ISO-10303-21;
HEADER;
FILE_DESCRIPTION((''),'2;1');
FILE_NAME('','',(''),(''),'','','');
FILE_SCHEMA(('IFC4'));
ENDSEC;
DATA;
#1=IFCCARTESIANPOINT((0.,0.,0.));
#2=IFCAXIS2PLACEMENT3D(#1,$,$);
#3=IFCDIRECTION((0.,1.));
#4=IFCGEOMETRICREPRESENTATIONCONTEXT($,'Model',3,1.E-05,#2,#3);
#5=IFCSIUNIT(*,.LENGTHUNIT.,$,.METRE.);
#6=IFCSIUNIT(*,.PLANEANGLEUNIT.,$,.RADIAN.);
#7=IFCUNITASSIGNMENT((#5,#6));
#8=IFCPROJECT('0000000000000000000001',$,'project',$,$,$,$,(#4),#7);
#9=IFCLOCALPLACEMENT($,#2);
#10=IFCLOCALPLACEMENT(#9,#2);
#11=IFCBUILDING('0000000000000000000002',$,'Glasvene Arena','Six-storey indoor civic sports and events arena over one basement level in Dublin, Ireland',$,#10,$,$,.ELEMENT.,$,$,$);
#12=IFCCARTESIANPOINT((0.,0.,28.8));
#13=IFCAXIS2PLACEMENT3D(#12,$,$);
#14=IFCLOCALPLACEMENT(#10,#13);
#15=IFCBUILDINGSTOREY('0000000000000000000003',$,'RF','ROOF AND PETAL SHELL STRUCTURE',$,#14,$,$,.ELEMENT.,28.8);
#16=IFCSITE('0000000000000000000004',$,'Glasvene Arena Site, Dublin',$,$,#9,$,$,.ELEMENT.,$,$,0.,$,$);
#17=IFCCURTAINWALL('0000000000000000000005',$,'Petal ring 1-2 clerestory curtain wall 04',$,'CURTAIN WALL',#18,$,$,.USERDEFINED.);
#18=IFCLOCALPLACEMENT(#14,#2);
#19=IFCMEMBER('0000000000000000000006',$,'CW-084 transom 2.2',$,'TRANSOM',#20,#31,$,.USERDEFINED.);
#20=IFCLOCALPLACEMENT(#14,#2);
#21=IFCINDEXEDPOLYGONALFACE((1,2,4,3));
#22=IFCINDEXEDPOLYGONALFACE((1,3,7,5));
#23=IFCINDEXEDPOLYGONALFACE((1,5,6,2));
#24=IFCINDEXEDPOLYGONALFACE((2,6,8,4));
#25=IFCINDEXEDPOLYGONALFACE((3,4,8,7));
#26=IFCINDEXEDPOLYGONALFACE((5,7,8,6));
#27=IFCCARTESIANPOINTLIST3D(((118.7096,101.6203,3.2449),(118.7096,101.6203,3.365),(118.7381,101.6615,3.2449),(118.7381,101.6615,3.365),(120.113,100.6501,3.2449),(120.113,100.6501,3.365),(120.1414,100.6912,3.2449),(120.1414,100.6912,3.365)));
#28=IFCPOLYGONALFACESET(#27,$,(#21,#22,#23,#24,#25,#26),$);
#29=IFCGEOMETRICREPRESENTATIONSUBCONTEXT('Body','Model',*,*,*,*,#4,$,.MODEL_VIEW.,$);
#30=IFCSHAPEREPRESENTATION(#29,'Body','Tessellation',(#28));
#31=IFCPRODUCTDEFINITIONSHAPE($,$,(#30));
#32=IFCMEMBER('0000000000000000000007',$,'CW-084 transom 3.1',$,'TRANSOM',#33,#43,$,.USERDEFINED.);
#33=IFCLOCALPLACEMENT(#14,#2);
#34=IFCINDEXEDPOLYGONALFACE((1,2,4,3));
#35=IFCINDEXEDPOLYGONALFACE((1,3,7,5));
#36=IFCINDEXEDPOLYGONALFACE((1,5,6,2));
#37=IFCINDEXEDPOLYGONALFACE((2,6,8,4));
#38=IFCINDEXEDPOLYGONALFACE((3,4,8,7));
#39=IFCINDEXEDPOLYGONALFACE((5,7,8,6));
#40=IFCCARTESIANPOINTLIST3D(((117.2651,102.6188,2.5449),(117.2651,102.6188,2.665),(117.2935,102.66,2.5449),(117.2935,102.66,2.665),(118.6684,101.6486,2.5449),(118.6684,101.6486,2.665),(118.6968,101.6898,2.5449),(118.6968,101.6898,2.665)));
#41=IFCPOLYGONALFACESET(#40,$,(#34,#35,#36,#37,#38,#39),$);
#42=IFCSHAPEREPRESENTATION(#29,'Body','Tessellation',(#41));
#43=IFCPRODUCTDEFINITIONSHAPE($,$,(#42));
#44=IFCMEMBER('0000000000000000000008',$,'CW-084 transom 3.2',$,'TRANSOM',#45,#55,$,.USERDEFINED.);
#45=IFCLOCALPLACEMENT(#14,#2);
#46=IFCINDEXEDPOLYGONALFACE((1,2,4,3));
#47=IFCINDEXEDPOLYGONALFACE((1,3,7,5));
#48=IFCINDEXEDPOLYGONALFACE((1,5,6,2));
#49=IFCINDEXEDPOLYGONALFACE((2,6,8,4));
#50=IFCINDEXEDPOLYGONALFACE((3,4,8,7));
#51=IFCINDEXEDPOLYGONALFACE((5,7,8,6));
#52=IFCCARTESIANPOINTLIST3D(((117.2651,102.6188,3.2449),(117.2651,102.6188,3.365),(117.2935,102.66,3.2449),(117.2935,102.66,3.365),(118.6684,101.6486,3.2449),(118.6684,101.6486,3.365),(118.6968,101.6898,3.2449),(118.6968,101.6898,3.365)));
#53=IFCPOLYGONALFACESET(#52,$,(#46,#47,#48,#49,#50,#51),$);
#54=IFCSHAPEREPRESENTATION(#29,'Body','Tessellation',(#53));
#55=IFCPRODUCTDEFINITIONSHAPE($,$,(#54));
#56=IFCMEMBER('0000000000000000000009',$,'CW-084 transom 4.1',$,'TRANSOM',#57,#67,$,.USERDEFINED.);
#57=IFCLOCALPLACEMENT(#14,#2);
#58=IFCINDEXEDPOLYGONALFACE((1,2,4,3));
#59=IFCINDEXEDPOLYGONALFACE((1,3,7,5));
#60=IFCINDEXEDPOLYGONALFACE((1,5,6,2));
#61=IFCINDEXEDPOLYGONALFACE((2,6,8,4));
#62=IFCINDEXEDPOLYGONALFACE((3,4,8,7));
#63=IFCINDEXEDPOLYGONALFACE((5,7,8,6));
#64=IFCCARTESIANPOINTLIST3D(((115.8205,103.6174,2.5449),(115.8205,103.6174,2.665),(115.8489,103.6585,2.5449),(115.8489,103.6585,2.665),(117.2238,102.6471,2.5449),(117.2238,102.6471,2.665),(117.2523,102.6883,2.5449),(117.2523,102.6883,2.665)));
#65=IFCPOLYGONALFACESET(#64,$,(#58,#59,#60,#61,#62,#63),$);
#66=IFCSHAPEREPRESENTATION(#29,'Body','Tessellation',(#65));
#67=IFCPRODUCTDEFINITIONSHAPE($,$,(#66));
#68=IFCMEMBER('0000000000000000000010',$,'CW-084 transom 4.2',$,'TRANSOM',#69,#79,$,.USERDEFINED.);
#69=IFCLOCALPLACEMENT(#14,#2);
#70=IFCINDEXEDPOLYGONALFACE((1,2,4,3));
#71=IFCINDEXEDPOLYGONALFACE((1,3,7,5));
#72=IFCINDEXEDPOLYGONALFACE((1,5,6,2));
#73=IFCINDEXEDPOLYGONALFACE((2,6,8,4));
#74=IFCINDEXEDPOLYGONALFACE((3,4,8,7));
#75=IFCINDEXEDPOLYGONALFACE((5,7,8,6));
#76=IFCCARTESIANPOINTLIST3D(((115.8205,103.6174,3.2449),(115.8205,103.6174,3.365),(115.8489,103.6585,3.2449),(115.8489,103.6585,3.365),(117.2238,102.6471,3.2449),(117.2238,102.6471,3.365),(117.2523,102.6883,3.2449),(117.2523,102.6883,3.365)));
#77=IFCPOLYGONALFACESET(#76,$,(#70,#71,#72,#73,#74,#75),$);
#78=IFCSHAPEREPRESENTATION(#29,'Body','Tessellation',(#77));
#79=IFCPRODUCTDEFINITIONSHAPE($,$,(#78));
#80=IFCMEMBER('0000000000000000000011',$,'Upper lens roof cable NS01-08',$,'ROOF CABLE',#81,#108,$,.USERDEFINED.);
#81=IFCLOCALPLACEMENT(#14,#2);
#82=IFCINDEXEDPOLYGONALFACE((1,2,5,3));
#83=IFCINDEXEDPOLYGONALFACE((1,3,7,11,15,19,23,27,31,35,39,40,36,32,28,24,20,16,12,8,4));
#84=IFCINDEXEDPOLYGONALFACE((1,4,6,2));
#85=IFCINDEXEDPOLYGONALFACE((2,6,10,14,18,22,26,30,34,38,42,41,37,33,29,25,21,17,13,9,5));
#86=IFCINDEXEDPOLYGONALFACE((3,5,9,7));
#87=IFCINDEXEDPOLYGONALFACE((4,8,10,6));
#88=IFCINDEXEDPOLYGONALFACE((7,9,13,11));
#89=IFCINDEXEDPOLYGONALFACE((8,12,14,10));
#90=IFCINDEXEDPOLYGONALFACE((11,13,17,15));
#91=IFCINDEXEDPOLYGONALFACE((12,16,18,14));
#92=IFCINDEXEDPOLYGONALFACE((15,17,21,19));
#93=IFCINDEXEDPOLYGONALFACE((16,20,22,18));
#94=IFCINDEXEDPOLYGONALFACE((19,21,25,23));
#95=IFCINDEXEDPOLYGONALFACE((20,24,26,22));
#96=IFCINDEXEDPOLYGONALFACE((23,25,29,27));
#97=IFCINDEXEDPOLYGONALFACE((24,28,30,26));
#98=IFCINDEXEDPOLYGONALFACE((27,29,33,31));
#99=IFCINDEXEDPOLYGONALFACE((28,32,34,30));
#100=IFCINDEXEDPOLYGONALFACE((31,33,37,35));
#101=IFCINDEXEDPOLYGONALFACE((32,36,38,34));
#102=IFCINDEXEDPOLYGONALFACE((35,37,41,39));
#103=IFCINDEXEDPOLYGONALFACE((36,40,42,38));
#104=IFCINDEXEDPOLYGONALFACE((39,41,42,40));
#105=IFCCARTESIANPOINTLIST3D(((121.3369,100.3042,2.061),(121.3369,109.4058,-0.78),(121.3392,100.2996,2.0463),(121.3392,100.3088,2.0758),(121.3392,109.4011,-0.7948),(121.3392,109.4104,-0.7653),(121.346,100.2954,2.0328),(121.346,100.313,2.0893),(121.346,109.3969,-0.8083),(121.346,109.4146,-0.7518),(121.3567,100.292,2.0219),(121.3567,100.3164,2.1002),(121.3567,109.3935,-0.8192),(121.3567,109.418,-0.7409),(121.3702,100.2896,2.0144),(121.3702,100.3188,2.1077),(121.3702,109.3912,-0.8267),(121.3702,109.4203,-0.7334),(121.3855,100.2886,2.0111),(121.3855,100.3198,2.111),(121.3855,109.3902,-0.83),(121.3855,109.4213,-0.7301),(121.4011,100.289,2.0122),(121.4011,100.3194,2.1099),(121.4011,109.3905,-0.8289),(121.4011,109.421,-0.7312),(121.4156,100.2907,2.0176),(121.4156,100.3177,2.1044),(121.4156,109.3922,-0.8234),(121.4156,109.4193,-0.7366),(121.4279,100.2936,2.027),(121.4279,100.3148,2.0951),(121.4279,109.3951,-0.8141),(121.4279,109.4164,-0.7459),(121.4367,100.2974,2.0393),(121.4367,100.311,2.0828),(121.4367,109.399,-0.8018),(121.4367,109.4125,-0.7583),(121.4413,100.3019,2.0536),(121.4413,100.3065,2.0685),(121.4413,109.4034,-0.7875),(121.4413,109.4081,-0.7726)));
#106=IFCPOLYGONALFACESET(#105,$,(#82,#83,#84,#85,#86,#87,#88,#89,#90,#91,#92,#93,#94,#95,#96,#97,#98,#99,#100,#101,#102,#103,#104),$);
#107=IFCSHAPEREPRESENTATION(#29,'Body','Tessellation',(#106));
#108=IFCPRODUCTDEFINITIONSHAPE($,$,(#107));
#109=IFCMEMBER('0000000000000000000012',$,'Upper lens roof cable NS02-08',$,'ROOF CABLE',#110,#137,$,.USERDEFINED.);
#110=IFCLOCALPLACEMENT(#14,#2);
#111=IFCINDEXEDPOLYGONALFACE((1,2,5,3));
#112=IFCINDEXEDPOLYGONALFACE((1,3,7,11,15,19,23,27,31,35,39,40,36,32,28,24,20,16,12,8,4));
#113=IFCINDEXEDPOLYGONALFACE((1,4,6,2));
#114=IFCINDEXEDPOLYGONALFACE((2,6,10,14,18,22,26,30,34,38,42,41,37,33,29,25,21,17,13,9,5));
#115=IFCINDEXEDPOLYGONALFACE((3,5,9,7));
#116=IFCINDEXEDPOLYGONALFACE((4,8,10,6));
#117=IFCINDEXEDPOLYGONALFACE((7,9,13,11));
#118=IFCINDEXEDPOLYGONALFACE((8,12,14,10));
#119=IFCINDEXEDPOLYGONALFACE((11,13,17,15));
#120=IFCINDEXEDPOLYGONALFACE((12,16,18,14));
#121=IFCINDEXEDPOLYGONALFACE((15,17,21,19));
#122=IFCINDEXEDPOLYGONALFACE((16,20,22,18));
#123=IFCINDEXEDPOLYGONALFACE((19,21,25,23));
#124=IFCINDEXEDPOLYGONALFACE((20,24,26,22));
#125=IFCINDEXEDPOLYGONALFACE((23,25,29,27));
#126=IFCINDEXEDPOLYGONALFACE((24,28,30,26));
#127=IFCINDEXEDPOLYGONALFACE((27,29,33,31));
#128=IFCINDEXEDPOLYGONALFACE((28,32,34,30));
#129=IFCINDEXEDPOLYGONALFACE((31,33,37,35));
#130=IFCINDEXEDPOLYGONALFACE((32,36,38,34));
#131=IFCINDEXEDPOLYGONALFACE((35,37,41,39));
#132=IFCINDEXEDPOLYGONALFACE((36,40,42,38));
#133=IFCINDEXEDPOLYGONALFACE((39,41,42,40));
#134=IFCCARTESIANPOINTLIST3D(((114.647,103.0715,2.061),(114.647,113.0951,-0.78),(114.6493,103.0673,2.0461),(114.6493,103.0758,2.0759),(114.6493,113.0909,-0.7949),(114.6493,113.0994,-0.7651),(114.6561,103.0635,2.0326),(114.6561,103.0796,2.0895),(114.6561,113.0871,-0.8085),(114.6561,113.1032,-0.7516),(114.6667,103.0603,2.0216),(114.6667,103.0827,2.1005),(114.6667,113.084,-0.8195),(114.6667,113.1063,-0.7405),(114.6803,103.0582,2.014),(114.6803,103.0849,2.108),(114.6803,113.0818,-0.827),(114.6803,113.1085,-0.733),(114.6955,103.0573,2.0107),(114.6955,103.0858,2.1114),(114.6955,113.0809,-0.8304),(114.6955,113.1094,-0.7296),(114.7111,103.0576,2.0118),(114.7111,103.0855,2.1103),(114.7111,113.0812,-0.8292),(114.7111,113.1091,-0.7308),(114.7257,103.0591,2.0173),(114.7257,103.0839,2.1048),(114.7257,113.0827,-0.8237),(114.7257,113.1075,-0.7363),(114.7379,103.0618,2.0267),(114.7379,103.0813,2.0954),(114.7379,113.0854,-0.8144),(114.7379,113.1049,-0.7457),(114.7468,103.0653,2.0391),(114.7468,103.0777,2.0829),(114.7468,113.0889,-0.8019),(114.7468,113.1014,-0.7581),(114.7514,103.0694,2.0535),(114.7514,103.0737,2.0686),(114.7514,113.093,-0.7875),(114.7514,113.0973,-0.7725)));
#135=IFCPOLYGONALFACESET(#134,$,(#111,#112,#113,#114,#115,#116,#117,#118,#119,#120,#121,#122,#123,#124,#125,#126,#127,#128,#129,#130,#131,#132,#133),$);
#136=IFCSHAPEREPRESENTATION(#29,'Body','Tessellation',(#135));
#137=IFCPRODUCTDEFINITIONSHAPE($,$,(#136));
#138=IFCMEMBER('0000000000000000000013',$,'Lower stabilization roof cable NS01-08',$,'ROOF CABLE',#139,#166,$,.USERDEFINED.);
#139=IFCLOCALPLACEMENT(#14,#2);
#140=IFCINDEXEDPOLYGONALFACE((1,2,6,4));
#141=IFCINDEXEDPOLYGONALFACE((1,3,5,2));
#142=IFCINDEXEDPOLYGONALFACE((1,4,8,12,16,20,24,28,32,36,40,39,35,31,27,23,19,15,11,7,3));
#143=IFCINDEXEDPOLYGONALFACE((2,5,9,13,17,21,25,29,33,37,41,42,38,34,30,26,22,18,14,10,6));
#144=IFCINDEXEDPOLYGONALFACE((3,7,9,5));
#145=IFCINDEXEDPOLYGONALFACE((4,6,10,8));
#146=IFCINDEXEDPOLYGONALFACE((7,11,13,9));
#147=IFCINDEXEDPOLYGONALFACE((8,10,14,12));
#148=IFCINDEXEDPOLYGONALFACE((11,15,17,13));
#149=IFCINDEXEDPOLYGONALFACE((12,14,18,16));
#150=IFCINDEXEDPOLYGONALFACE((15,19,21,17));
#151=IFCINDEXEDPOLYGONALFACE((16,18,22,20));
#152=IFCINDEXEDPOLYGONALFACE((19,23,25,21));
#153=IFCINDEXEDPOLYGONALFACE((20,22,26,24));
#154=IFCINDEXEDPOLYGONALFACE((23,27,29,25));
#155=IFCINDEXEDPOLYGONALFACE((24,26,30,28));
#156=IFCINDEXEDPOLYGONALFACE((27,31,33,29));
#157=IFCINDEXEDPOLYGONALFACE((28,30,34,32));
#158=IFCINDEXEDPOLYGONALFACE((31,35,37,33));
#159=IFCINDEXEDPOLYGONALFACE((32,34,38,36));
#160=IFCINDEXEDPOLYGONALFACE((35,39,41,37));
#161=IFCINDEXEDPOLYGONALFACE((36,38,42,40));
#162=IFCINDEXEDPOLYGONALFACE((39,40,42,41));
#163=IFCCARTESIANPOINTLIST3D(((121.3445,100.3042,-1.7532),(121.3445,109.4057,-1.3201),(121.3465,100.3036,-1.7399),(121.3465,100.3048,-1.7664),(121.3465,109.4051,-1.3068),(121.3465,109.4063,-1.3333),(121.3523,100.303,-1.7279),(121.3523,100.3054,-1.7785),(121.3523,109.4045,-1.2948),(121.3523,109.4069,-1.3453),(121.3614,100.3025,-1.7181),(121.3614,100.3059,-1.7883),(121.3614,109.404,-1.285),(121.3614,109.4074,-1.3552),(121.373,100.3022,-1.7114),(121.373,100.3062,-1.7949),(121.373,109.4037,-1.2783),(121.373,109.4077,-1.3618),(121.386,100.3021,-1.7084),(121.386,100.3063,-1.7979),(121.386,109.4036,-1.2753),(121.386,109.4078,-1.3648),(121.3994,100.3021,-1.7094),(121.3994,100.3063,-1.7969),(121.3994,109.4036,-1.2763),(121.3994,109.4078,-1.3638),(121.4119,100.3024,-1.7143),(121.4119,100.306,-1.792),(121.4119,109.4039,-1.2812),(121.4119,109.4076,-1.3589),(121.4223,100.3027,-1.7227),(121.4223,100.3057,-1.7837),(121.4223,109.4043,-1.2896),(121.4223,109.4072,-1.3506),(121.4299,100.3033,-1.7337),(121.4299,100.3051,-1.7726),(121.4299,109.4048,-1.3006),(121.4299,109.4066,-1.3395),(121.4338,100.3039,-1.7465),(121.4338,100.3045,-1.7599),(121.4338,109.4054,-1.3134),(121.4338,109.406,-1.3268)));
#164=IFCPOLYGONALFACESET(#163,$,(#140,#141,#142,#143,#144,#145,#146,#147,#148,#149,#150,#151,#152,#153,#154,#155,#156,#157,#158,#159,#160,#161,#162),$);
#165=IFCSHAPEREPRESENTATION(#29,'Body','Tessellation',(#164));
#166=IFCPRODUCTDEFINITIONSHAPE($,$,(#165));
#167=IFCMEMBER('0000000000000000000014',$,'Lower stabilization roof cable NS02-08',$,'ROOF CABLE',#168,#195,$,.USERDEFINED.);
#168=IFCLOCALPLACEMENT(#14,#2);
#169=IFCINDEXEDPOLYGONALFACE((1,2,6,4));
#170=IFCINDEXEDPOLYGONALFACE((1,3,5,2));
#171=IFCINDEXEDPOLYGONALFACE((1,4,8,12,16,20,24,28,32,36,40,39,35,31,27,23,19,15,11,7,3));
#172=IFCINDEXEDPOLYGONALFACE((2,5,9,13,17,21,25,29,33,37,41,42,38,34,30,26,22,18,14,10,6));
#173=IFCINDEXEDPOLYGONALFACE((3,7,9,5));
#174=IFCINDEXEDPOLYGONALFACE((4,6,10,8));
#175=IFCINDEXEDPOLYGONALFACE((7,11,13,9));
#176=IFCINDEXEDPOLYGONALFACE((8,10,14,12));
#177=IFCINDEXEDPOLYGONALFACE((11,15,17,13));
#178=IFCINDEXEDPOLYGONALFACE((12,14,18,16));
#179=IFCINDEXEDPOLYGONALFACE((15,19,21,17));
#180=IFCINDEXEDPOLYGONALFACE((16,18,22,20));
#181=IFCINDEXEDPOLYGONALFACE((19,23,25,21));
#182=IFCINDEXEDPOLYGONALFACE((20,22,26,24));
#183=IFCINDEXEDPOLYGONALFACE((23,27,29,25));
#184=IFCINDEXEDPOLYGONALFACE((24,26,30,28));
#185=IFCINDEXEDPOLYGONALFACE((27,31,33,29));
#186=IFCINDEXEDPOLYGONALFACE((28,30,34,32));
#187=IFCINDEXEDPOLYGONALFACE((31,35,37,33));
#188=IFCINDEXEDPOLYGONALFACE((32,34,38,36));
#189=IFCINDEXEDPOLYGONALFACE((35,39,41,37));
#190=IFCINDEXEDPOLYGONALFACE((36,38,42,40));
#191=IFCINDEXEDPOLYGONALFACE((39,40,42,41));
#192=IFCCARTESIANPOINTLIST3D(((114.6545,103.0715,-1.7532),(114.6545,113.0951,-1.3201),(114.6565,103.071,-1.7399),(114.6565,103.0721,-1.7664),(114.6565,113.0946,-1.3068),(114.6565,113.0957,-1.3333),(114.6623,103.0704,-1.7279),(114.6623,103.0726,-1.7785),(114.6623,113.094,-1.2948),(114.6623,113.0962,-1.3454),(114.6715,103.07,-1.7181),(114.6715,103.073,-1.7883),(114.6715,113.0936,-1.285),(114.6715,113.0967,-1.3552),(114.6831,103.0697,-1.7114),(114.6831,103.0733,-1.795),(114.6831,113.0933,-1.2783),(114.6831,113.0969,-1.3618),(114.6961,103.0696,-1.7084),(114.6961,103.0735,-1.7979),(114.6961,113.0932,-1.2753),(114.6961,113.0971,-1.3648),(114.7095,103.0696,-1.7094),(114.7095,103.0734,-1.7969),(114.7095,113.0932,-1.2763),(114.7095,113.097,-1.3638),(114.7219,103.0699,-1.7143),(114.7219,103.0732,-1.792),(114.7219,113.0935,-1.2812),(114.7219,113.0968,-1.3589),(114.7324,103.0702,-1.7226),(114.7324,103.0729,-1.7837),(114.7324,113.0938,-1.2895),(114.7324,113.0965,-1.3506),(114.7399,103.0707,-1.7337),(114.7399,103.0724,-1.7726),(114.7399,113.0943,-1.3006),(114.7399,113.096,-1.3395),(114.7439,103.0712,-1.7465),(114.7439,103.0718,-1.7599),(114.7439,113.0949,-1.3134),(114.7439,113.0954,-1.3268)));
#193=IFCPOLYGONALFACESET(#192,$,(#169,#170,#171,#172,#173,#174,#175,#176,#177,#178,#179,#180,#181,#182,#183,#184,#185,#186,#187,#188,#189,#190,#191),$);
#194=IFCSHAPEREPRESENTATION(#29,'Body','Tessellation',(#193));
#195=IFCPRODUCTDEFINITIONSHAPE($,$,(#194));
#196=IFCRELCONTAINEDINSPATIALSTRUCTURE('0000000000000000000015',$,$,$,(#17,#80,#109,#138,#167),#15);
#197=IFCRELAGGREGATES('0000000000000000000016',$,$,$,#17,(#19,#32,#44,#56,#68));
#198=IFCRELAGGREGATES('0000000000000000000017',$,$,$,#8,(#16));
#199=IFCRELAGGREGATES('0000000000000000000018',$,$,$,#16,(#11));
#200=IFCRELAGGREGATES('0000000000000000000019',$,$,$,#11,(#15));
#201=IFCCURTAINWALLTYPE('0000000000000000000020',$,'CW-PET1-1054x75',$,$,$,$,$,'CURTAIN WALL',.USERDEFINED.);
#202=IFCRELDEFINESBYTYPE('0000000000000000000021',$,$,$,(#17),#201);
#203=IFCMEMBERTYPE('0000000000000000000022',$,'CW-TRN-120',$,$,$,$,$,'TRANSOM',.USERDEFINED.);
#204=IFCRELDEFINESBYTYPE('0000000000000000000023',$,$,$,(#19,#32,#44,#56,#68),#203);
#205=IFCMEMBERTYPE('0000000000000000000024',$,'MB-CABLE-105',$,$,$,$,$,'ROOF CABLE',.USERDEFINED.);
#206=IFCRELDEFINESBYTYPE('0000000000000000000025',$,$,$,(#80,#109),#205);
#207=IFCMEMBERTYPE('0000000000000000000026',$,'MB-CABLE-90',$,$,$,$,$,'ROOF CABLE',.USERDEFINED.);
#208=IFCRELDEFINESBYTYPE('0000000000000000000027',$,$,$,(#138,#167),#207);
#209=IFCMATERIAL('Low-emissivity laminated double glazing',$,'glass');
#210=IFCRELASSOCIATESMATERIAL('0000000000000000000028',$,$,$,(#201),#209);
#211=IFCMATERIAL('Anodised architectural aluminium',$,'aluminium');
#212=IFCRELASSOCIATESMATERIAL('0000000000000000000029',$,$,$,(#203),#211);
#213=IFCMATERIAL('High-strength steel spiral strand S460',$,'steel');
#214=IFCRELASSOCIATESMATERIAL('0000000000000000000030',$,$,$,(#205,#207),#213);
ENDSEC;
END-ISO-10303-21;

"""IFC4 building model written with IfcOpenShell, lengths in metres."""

from ifc_helpers import new_model, si_unit, direction, frame, origin, origin_2d, place, context, subcontext, project, spatial, rectangle, circle, extrude, material, material_profile, profile_set, type_object, element, aggregate, save


model = new_model("IFC4")

# Units and contexts
model_context = context("Model", 3, precision=1e-05, world=origin(), true_north=direction((0.0, 1.0)))
body_context = subcontext(model_context, "Body", "Model", "MODEL_VIEW")
ifc_project = project(units=[si_unit("LENGTHUNIT", "METRE"), si_unit("PLANEANGLEUNIT", "RADIAN")], contexts=[model_context])

# Site, building, storey
site_placement = place(None, origin())
site = spatial("IfcSite", under=ifc_project, at=site_placement, Name="Glasvene Arena Site, Dublin", CompositionType="ELEMENT", RefElevation=0.0)
building_placement = place(site_placement, origin())
building = spatial("IfcBuilding", under=site, at=building_placement, Name="Glasvene Arena", Description="Six-storey indoor civic sports and events arena over one basement level in Dublin, Ireland", CompositionType="ELEMENT")
storey_placement = place(building_placement, frame((0.0, 0.0, 28.8)))
storey = spatial("IfcBuildingStorey", under=building, at=storey_placement, Name="RF", Description="ROOF AND PETAL SHELL STRUCTURE", CompositionType="ELEMENT", Elevation=28.8)

# Curtain wall
ifc_material_1 = material(Name="Low-emissivity laminated double glazing", Category="glass")
ifc_material_2 = material(Name="Anodised architectural aluminium", Category="aluminium")
curtain_wall_type_1 = type_object("IfcCurtainWallType", Name="CW-PET1-1054x75", ElementType="CURTAIN WALL", PredefinedType="USERDEFINED", material=ifc_material_1)
curtain_wall_1_placement = place(storey_placement, frame((121.5923, 99.658, 0.0)))
curtain_wall_1 = element("IfcCurtainWall", 1, at=curtain_wall_1_placement, inside=storey, type_object=curtain_wall_type_1, Name="Petal ring 1-2 clerestory curtain wall 04", ObjectType="CURTAIN WALL", PredefinedType="USERDEFINED")

# Members
ifc_material_profile_1 = material_profile(ifc_material_2, rectangle(XDim=0.05, YDim=0.1201, at=origin_2d()), Name="ALU TRANSOM 50x120")
ifc_profile_set_1 = profile_set([ifc_material_profile_1], Name="Anodised architectural aluminium")
member_type_1 = type_object("IfcMemberType", Name="CW-TRN-120", ElementType="TRANSOM", PredefinedType="USERDEFINED", material=ifc_profile_set_1)
member_1_placement = place(storey_placement, frame((120.1272, 100.6707, 3.3049), z_axis=(-0.822553, 0.568689, 0.0), x_axis=(-0.568689, -0.822553, 0.0)))
member_1 = element("IfcMember", 2, at=member_1_placement, type_object=member_type_1, Name="CW-084 transom 2.2", ObjectType="TRANSOM", PredefinedType="USERDEFINED", context=body_context, shape_type="SweptSolid", body=[
    extrude(rectangle(XDim=0.05, YDim=0.1201, at=origin_2d()), origin(), (0.0, 0.0, 1.0), 1.7061),
])
member_2_placement = place(storey_placement, frame((118.6826, 101.6692, 2.605), z_axis=(-0.822553, 0.568689, 0.0), x_axis=(-0.568689, -0.822553, 0.0)))
member_2 = element("IfcMember", 3, at=member_2_placement, type_object=member_type_1, Name="CW-084 transom 3.1", ObjectType="TRANSOM", PredefinedType="USERDEFINED", context=body_context, shape_type="SweptSolid", body=[
    extrude(rectangle(XDim=0.05, YDim=0.1201, at=origin_2d()), origin(), (0.0, 0.0, 1.0), 1.7061),
])
member_3_placement = place(storey_placement, frame((118.6826, 101.6692, 3.3049), z_axis=(-0.822553, 0.568689, 0.0), x_axis=(-0.568689, -0.822553, 0.0)))
member_3 = element("IfcMember", 4, at=member_3_placement, type_object=member_type_1, Name="CW-084 transom 3.2", ObjectType="TRANSOM", PredefinedType="USERDEFINED", context=body_context, shape_type="SweptSolid", body=[
    extrude(rectangle(XDim=0.05, YDim=0.1201, at=origin_2d()), origin(), (0.0, 0.0, 1.0), 1.7061),
])
member_4_placement = place(storey_placement, frame((117.238, 102.6677, 2.605), z_axis=(-0.822553, 0.568689, 0.0), x_axis=(-0.568689, -0.822553, 0.0)))
member_4 = element("IfcMember", 5, at=member_4_placement, type_object=member_type_1, Name="CW-084 transom 4.1", ObjectType="TRANSOM", PredefinedType="USERDEFINED", context=body_context, shape_type="SweptSolid", body=[
    extrude(rectangle(XDim=0.05, YDim=0.1201, at=origin_2d()), origin(), (0.0, 0.0, 1.0), 1.7061),
])
member_5_placement = place(storey_placement, frame((117.238, 102.6677, 3.3049), z_axis=(-0.822553, 0.568689, 0.0), x_axis=(-0.568689, -0.822553, 0.0)))
member_5 = element("IfcMember", 6, at=member_5_placement, type_object=member_type_1, Name="CW-084 transom 4.2", ObjectType="TRANSOM", PredefinedType="USERDEFINED", context=body_context, shape_type="SweptSolid", body=[
    extrude(rectangle(XDim=0.05, YDim=0.1201, at=origin_2d()), origin(), (0.0, 0.0, 1.0), 1.7061),
])

# Members
ifc_material_3 = material(Name="High-strength steel spiral strand S460", Category="steel")
ifc_material_profile_2 = material_profile(ifc_material_3, circle(Radius=0.0525, at=origin_2d()), Name="LCSS D105")
ifc_profile_set_2 = profile_set([ifc_material_profile_2], Name="High-strength steel spiral strand S460")
member_type_2 = type_object("IfcMemberType", Name="MB-CABLE-105", ElementType="ROOF CABLE", PredefinedType="USERDEFINED", material=ifc_profile_set_2)
member_6_placement = place(storey_placement, frame((121.3894, 100.3042, 2.061), z_axis=(0.0, 0.954575, -0.297972), x_axis=(-1.0, 0.0, 0.0)))
element("IfcMember", 7, at=member_6_placement, inside=storey, type_object=member_type_2, Name="Upper lens roof cable NS01-08", ObjectType="ROOF CABLE", PredefinedType="USERDEFINED", context=body_context, shape_type="SweptSolid", body=[
    extrude(circle(Radius=0.0525, at=origin_2d()), origin(), (0.0, 0.0, 1.0), 9.5347),
])
member_7_placement = place(storey_placement, frame((114.6995, 103.0715, 2.061), z_axis=(0.0, 0.962101, -0.272693), x_axis=(-1.0, 0.0, 0.0)))
element("IfcMember", 8, at=member_7_placement, inside=storey, type_object=member_type_2, Name="Upper lens roof cable NS02-08", ObjectType="ROOF CABLE", PredefinedType="USERDEFINED", context=body_context, shape_type="SweptSolid", body=[
    extrude(circle(Radius=0.0525, at=origin_2d()), origin(), (0.0, 0.0, 1.0), 10.4185),
])
ifc_material_profile_3 = material_profile(ifc_material_3, circle(Radius=0.0449, at=origin_2d()), Name="LCSS D90")
ifc_profile_set_3 = profile_set([ifc_material_profile_3], Name="High-strength steel spiral strand S460")
member_type_3 = type_object("IfcMemberType", Name="MB-CABLE-90", ElementType="ROOF CABLE", PredefinedType="USERDEFINED", material=ifc_profile_set_3)
member_8_placement = place(storey_placement, frame((121.3894, 100.3042, -1.7532), z_axis=(0.0, 0.99887, 0.047532), x_axis=(-1.0, 0.0, 0.0)))
element("IfcMember", 9, at=member_8_placement, inside=storey, type_object=member_type_3, Name="Lower stabilization roof cable NS01-08", ObjectType="ROOF CABLE", PredefinedType="USERDEFINED", context=body_context, shape_type="SweptSolid", body=[
    extrude(circle(Radius=0.0449, at=origin_2d()), origin(), (0.0, 0.0, 1.0), 9.1118),
])
member_9_placement = place(storey_placement, frame((114.6995, 103.0715, -1.7532), z_axis=(0.0, 0.999068, 0.043168), x_axis=(-1.0, 0.0, 0.0)))
element("IfcMember", 10, at=member_9_placement, inside=storey, type_object=member_type_3, Name="Lower stabilization roof cable NS02-08", ObjectType="ROOF CABLE", PredefinedType="USERDEFINED", context=body_context, shape_type="SweptSolid", body=[
    extrude(circle(Radius=0.0449, at=origin_2d()), origin(), (0.0, 0.0, 1.0), 10.033),
])

aggregate(curtain_wall_1, [member_1, member_2, member_3, member_4, member_5])

save(model, "model.ifc")
